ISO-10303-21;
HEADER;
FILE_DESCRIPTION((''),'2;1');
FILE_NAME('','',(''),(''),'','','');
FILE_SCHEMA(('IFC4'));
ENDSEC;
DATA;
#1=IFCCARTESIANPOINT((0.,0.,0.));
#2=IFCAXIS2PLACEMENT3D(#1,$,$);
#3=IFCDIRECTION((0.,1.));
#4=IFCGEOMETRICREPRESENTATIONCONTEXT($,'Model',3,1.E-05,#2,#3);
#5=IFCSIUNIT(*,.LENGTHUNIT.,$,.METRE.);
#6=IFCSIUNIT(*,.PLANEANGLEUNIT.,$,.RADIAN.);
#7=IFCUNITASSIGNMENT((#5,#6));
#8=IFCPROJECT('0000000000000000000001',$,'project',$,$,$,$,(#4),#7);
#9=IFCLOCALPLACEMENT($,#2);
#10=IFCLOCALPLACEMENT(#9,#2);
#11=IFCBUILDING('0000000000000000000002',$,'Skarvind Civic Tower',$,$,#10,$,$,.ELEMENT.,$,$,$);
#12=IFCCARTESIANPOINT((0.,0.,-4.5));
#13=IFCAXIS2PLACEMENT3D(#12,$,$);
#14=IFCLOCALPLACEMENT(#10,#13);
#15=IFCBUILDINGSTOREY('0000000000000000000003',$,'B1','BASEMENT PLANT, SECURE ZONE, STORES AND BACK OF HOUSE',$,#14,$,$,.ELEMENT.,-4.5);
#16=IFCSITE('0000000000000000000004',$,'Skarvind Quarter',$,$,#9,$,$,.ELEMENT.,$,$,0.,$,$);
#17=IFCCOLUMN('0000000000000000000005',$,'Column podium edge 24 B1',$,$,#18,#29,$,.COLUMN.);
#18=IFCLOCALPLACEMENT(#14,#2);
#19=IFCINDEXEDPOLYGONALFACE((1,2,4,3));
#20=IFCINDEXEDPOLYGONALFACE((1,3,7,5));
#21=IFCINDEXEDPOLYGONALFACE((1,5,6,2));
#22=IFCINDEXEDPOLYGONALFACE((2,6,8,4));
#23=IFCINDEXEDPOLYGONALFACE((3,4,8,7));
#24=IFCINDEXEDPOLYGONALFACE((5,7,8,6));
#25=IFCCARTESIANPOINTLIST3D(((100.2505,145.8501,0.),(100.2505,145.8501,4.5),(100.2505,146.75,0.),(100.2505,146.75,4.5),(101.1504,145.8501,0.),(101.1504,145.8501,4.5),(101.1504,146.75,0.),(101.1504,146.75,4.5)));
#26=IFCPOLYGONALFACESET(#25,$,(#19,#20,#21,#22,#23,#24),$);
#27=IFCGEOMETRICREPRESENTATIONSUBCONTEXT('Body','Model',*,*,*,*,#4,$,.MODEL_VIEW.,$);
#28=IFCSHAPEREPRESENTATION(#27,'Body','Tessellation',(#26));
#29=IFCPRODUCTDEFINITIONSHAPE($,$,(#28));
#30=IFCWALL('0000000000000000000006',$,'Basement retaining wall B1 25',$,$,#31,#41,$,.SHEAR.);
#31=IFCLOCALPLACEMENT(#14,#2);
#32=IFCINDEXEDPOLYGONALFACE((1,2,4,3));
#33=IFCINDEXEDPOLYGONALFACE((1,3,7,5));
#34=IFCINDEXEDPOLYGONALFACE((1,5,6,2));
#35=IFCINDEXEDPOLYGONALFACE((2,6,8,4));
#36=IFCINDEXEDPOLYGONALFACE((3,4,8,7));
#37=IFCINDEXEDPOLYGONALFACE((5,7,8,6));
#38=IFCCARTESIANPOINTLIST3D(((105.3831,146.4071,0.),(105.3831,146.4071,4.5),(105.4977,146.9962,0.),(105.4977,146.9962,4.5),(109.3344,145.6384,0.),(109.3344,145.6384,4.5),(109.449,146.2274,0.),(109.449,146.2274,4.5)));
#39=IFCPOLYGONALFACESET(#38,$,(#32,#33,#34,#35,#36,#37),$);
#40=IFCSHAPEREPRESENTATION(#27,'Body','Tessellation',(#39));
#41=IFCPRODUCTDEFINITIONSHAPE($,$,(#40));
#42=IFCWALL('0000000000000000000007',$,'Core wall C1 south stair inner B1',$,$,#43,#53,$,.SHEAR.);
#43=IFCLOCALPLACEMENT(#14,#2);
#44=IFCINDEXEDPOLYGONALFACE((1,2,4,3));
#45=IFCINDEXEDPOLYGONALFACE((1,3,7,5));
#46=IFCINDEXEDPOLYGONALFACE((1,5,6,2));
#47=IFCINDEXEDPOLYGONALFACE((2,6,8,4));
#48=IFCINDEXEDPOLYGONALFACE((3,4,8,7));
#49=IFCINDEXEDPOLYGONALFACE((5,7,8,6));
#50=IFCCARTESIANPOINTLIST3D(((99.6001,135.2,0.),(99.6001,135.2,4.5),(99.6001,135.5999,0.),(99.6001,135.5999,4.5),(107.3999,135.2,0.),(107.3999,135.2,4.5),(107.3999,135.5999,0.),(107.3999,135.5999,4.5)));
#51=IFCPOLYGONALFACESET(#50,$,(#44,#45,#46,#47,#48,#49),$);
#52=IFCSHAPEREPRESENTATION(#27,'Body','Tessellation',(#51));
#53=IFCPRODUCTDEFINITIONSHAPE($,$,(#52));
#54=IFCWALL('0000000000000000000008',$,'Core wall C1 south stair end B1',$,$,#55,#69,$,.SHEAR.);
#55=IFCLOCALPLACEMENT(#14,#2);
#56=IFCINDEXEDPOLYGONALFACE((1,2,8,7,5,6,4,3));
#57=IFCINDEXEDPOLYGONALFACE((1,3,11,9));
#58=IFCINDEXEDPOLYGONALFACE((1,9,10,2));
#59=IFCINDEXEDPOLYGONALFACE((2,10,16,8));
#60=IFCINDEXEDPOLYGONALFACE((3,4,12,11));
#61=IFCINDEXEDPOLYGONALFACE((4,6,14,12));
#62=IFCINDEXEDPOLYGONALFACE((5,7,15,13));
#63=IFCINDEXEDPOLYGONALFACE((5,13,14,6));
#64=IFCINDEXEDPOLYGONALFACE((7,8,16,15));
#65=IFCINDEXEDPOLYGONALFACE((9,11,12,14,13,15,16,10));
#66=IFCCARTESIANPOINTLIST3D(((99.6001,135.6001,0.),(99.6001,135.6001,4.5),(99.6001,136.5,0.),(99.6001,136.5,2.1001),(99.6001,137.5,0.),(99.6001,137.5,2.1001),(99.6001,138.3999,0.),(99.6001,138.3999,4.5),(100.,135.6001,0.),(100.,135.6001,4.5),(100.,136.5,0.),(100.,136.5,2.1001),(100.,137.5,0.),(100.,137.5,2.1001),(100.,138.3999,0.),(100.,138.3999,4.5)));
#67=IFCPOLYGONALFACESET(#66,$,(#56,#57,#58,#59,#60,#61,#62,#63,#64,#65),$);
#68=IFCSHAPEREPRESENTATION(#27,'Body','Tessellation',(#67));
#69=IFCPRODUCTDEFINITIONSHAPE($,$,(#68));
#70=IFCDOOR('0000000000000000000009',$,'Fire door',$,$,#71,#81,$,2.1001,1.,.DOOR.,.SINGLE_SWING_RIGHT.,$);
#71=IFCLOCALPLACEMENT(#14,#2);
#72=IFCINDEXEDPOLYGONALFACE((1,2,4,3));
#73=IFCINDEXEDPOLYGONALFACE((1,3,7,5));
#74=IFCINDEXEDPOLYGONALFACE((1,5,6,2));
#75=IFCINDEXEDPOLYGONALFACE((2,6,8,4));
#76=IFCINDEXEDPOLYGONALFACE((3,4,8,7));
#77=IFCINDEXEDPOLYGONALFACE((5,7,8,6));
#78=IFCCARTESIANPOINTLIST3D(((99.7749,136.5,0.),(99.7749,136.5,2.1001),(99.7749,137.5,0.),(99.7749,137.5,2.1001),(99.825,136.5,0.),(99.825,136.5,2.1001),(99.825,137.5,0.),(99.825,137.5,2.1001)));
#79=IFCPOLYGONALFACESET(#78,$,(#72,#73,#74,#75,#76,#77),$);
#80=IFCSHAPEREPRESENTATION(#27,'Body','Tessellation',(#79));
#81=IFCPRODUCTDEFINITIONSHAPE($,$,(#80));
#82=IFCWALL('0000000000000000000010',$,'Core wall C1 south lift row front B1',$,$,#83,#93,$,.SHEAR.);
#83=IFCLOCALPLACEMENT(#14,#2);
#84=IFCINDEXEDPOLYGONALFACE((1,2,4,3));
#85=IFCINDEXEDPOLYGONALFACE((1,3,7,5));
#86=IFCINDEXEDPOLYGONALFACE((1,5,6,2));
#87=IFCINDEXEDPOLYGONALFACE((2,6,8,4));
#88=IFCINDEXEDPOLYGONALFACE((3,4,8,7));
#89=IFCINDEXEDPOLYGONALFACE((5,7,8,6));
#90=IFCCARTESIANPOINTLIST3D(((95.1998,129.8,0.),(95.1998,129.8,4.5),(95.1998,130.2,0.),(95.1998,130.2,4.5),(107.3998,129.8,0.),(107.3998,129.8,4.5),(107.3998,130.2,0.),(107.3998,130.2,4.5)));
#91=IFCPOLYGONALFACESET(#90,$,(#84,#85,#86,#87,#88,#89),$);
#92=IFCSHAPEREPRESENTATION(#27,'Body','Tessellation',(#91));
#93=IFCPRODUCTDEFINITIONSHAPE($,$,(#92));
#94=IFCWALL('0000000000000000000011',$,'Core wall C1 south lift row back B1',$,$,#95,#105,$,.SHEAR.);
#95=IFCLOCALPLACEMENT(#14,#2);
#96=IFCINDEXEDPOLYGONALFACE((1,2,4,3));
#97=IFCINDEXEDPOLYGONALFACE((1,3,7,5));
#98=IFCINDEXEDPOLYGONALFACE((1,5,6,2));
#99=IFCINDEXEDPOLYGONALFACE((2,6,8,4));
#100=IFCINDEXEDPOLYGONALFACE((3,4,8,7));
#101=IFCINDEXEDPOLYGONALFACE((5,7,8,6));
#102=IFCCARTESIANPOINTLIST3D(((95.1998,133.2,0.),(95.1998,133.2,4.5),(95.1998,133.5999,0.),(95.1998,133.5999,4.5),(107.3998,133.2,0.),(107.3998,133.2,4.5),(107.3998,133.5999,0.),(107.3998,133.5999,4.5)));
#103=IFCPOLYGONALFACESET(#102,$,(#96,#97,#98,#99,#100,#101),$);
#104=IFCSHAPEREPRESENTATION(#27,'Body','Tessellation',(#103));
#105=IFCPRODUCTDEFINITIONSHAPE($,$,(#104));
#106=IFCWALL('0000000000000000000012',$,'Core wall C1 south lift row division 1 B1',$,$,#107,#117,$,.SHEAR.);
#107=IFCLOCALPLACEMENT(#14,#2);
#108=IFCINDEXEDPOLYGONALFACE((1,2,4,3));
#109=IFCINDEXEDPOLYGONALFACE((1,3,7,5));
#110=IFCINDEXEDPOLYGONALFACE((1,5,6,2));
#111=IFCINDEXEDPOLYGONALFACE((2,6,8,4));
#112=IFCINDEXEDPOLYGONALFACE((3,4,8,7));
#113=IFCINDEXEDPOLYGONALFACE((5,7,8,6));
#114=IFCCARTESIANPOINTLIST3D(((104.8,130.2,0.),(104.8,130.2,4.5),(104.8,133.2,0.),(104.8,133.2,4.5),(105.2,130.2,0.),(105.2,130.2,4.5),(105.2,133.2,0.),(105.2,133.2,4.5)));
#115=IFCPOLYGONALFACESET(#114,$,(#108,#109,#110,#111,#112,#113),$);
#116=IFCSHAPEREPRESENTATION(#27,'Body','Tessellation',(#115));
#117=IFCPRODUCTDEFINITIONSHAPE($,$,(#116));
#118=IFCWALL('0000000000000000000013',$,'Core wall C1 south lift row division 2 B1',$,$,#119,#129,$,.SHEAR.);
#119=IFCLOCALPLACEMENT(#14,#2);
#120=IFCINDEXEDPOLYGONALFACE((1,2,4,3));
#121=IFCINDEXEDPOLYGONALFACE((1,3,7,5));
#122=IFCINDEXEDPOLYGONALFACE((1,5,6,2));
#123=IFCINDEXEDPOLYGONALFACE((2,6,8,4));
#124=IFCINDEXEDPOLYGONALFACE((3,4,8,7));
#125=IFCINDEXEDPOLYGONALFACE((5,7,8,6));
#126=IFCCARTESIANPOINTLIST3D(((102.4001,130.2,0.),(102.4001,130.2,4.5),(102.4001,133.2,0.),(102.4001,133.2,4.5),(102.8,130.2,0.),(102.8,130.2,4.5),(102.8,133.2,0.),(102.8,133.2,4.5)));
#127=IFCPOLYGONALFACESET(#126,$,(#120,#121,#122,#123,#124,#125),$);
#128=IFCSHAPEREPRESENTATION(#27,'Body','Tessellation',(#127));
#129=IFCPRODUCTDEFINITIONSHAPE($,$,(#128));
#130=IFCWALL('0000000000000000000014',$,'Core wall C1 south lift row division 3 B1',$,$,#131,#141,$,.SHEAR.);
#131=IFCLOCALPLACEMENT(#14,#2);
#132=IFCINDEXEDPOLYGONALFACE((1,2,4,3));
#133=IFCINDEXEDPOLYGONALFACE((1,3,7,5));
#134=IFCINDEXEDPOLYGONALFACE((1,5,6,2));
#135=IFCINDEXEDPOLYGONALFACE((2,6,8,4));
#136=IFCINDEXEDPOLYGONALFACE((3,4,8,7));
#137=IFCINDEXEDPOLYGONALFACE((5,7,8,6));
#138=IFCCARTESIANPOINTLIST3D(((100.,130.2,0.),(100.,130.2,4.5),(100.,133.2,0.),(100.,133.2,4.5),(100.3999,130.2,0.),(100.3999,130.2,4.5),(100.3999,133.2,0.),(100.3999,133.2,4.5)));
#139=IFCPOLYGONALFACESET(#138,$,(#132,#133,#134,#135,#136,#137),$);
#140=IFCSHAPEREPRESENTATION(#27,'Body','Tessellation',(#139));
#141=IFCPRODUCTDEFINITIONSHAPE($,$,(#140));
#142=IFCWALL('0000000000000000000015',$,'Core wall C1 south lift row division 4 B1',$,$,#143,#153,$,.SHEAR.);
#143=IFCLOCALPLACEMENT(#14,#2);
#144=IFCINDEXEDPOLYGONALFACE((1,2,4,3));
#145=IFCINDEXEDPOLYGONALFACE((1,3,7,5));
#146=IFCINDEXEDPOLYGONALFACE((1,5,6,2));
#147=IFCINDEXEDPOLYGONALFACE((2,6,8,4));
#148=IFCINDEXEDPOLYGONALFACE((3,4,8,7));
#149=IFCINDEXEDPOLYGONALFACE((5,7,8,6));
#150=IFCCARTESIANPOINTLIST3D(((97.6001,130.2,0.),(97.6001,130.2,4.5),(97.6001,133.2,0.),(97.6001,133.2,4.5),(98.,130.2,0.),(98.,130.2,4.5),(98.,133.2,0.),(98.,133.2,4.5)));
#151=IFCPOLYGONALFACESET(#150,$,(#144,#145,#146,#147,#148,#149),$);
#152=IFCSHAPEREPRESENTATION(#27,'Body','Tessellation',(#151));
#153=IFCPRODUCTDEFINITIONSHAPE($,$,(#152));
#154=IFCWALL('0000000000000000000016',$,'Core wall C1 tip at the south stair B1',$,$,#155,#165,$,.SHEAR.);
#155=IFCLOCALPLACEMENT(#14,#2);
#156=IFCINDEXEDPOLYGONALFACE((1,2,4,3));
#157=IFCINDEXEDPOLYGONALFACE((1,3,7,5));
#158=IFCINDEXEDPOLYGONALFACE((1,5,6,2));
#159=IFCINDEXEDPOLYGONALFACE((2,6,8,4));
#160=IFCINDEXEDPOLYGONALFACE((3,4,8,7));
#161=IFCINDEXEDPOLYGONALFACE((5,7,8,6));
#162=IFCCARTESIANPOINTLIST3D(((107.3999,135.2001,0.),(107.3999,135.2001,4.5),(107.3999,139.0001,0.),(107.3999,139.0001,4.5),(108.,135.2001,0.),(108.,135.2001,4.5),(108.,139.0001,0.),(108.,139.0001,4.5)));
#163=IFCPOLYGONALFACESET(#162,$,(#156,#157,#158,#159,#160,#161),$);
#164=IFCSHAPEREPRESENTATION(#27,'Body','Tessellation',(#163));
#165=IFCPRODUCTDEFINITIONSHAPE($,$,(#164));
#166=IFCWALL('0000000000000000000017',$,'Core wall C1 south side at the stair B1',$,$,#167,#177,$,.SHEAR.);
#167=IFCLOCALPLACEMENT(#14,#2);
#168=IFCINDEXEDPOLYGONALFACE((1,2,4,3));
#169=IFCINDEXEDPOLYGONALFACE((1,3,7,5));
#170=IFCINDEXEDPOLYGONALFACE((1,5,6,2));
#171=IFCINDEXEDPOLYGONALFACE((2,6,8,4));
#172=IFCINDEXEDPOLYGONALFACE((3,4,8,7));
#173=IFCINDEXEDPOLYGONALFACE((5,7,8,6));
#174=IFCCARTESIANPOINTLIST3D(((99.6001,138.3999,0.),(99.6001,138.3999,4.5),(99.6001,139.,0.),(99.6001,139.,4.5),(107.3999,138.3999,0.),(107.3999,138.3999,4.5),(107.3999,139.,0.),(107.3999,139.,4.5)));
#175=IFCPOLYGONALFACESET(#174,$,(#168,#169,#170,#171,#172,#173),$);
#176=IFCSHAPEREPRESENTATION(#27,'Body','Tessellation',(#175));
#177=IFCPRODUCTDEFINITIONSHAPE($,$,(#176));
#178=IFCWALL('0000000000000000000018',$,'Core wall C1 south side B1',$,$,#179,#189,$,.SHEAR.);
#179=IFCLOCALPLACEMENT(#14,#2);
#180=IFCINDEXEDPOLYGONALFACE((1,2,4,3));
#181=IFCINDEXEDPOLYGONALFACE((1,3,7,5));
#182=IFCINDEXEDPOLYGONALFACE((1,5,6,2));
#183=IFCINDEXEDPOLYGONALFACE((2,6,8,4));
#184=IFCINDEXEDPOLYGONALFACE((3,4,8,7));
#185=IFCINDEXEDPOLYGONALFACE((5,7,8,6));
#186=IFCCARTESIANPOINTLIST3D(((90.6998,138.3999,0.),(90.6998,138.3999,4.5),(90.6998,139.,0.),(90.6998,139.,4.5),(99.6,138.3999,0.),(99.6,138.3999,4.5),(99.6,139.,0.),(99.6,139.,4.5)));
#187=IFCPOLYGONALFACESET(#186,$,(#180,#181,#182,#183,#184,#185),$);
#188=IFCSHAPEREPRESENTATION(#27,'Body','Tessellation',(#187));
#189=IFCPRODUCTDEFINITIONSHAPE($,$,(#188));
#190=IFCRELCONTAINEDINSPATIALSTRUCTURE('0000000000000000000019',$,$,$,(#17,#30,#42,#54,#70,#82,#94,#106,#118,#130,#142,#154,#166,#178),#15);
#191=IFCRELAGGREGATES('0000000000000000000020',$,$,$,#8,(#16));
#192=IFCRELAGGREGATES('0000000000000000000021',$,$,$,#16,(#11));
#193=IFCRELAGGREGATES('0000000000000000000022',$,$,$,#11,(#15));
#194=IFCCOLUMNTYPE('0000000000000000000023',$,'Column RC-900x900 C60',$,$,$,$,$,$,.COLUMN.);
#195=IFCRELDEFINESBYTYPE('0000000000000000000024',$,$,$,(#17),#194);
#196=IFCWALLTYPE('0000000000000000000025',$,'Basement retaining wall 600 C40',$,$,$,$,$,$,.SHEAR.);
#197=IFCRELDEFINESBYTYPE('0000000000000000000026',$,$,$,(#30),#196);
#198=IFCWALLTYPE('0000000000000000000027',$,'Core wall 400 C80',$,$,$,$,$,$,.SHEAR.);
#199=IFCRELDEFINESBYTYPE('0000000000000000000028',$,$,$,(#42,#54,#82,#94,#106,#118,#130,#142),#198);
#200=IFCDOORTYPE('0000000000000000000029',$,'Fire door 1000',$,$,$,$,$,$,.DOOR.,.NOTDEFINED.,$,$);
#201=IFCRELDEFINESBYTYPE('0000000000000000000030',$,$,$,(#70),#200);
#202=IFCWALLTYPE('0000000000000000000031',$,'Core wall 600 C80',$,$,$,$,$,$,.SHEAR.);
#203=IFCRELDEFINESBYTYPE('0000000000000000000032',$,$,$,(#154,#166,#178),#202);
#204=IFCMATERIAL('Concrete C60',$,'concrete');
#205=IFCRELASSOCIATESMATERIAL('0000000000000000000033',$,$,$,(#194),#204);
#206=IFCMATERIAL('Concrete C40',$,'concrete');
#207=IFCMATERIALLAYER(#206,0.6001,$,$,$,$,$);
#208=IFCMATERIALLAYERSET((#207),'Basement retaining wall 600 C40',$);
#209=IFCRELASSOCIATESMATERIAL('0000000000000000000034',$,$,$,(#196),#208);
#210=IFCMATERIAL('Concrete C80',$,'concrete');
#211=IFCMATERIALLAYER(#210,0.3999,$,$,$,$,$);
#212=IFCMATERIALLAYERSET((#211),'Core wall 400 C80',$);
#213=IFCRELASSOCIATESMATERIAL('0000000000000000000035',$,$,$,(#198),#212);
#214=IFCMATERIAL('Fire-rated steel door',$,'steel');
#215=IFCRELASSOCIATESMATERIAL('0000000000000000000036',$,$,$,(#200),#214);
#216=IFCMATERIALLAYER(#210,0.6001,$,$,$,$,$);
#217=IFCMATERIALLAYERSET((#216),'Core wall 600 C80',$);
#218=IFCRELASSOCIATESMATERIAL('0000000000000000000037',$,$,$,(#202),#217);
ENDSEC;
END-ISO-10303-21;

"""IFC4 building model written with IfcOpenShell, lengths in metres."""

from ifc_helpers import new_model, si_unit, direction, frame, frame_2d, origin, origin_2d, place, context, subcontext, project, spatial, rectangle, extrude, material, layer, layer_set, material_profile, profile_set, type_object, element, fill, save


model = new_model("IFC4")

# Units and contexts
model_context = context("Model", 3, precision=1e-05, world=origin(), true_north=direction((0.0, 1.0)))
body_context = subcontext(model_context, "Body", "Model", "MODEL_VIEW")
ifc_project = project(units=[si_unit("LENGTHUNIT", "METRE"), si_unit("PLANEANGLEUNIT", "RADIAN")], contexts=[model_context])

# Site, building, storey
site_placement = place(None, origin())
site = spatial("IfcSite", under=ifc_project, at=site_placement, Name="Skarvind Quarter", CompositionType="ELEMENT", RefElevation=0.0)
building_placement = place(site_placement, origin())
building = spatial("IfcBuilding", under=site, at=building_placement, Name="Skarvind Civic Tower", CompositionType="ELEMENT")
storey_placement = place(building_placement, frame((0.0, 0.0, -4.5)))
storey = spatial("IfcBuildingStorey", under=building, at=storey_placement, Name="B1", Description="BASEMENT PLANT, SECURE ZONE, STORES AND BACK OF HOUSE", CompositionType="ELEMENT", Elevation=-4.5)

# Column
ifc_material_1 = material(Name="Concrete C60", Category="concrete")
ifc_material_profile = material_profile(ifc_material_1, rectangle(XDim=0.8999, YDim=0.8999, at=origin_2d()), Name="RC-900x900")
ifc_profile_set = profile_set([ifc_material_profile], Name="Concrete C60")
column_type = type_object("IfcColumnType", Name="Column RC-900x900 C60", PredefinedType="COLUMN", material=ifc_profile_set)
column_placement = place(storey_placement, frame((100.7004, 146.3, 0.0), z_axis=(0.0, 0.0, 1.0), x_axis=(1.0, 0.0, 0.0)))
element("IfcColumn", 1, at=column_placement, inside=storey, type_object=column_type, Name="Column podium edge 24 B1", PredefinedType="COLUMN", context=body_context, shape_type="SweptSolid", body=[
    extrude(rectangle(XDim=0.8999, YDim=0.8999, at=origin_2d()), origin(), (0.0, 0.0, 1.0), 4.5),
])

# Walls
ifc_material_2 = material(Name="Concrete C40", Category="concrete")
ifc_layer_1 = layer(ifc_material_2, 0.6001)
ifc_layer_set_1 = layer_set([ifc_layer_1], Name="Basement retaining wall 600 C40")
wall_type_1 = type_object("IfcWallType", Name="Basement retaining wall 600 C40", PredefinedType="SHEAR", material=ifc_layer_set_1)
wall_1_placement = place(storey_placement, frame((105.4404, 146.7017, 0.0), z_axis=(0.0, 0.0, 1.0), x_axis=(0.981594, -0.190982, 0.0)))
element("IfcWall", 2, at=wall_1_placement, inside=storey, type_object=wall_type_1, Name="Basement retaining wall B1 25", PredefinedType="SHEAR", context=body_context, shape_type="SweptSolid", body=[
    extrude(rectangle(XDim=4.0254, YDim=0.6001, at=frame_2d((2.0127, 0.0))), origin(), (0.0, 0.0, 1.0), 4.5),
])
ifc_material_3 = material(Name="Concrete C80", Category="concrete")
ifc_layer_2 = layer(ifc_material_3, 0.3999)
ifc_layer_set_2 = layer_set([ifc_layer_2], Name="Core wall 400 C80")
wall_type_2 = type_object("IfcWallType", Name="Core wall 400 C80", PredefinedType="SHEAR", material=ifc_layer_set_2)
wall_2_placement = place(storey_placement, frame((107.3999, 135.3999, 0.0), z_axis=(0.0, 0.0, 1.0), x_axis=(-1.0, 0.0, 0.0)))
element("IfcWall", 3, at=wall_2_placement, inside=storey, type_object=wall_type_2, Name="Core wall C1 south stair inner B1", PredefinedType="SHEAR", context=body_context, shape_type="SweptSolid", body=[
    extrude(rectangle(XDim=7.7998, YDim=0.3999, at=frame_2d((3.8999, 0.0))), origin(), (0.0, 0.0, 1.0), 4.5),
])

# Wall, opening, door
wall_3_placement = place(storey_placement, frame((99.8, 138.3999, 0.0), z_axis=(0.0, 0.0, 1.0), x_axis=(0.0, -1.0, 0.0)))
wall_3 = element("IfcWall", 4, at=wall_3_placement, inside=storey, type_object=wall_type_2, Name="Core wall C1 south stair end B1", PredefinedType="SHEAR", context=body_context, shape_type="SweptSolid", body=[
    extrude(rectangle(XDim=2.7998, YDim=0.3999, at=frame_2d((1.3999, 0.0))), origin(), (0.0, 0.0, 1.0), 4.5),
])
opening_1_placement = place(wall_3_placement, frame((0.8999, 0.0, 0.0)))
opening_1 = element("IfcOpeningElement", 5, at=opening_1_placement, cuts=wall_3, PredefinedType="OPENING", context=body_context, shape_type="SweptSolid", body=[
    extrude(rectangle(XDim=1.0, YDim=2.1001, at=frame_2d((0.5, 1.05))), frame((0.0, 0.21, 0.0), z_axis=(0.0, -1.0, 0.0), x_axis=(1.0, 0.0, 0.0)), (0.0, 0.0, 1.0), 0.4199),
])
ifc_material_4 = material(Name="Fire-rated steel door", Category="steel")
door_type_1 = type_object("IfcDoorType", Name="Fire door 1000", OperationType="NOTDEFINED", PredefinedType="DOOR", material=ifc_material_4)
door_1_placement = place(opening_1_placement, origin())
door_1 = element("IfcDoor", 6, at=door_1_placement, inside=storey, type_object=door_type_1, Name="Fire door", OperationType="SINGLE_SWING_RIGHT", OverallHeight=2.1001, OverallWidth=1.0, PredefinedType="DOOR", context=body_context, shape_type="SweptSolid", body=[
    extrude(rectangle(XDim=1.0, YDim=2.1001, at=frame_2d((0.5, 1.05))), frame((0.0, 0.0249, 0.0), z_axis=(0.0, -1.0, 0.0), x_axis=(1.0, 0.0, 0.0)), (0.0, 0.0, 1.0), 0.05),
])
fill(opening_1, door_1)

# Walls
for number, where, z_axis, x_axis, name in (
    (7, (107.3999, 130.0, 0.0), (0.0, 0.0, 1.0), (-1.0, 0.0, 0.0), "Core wall C1 south lift row front B1"),
    (8, (107.3999, 133.3999, 0.0), (0.0, 0.0, 1.0), (-1.0, 0.0, 0.0), "Core wall C1 south lift row back B1"),
):
    element("IfcWall", number, at=place(storey_placement, frame(where, z_axis=z_axis, x_axis=x_axis)), inside=storey, type_object=wall_type_2, Name=name, PredefinedType="SHEAR", context=body_context, shape_type="SweptSolid", body=[
        extrude(rectangle(XDim=12.2, YDim=0.3999, at=frame_2d((6.1001, 0.0))), origin(), (0.0, 0.0, 1.0), 4.5),
    ])
for number, where, z_axis, x_axis, name in (
    (9, (105.0, 133.2, 0.0), (0.0, 0.0, 1.0), (0.0, -1.0, 0.0), "Core wall C1 south lift row division 1 B1"),
    (10, (102.6001, 133.2, 0.0), (0.0, 0.0, 1.0), (0.0, -1.0, 0.0), "Core wall C1 south lift row division 2 B1"),
    (11, (100.2, 133.2, 0.0), (0.0, 0.0, 1.0), (0.0, -1.0, 0.0), "Core wall C1 south lift row division 3 B1"),
    (12, (97.8, 133.2, 0.0), (0.0, 0.0, 1.0), (0.0, -1.0, 0.0), "Core wall C1 south lift row division 4 B1"),
):
    element("IfcWall", number, at=place(storey_placement, frame(where, z_axis=z_axis, x_axis=x_axis)), inside=storey, type_object=wall_type_2, Name=name, PredefinedType="SHEAR", context=body_context, shape_type="SweptSolid", body=[
        extrude(rectangle(XDim=3.0, YDim=0.3999, at=frame_2d((1.5, 0.0))), origin(), (0.0, 0.0, 1.0), 4.5),
    ])
ifc_layer_3 = layer(ifc_material_3, 0.6001)
ifc_layer_set_3 = layer_set([ifc_layer_3], Name="Core wall 600 C80")
wall_type_3 = type_object("IfcWallType", Name="Core wall 600 C80", PredefinedType="SHEAR", material=ifc_layer_set_3)
wall_4_placement = place(storey_placement, frame((107.7, 139.0, 0.0), z_axis=(0.0, 0.0, 1.0), x_axis=(0.0, -1.0, 0.0)))
element("IfcWall", 13, at=wall_4_placement, inside=storey, type_object=wall_type_3, Name="Core wall C1 tip at the south stair B1", PredefinedType="SHEAR", context=body_context, shape_type="SweptSolid", body=[
    extrude(rectangle(XDim=3.8, YDim=0.6001, at=frame_2d((1.8999, 0.0))), origin(), (0.0, 0.0, 1.0), 4.5),
])
wall_5_placement = place(storey_placement, frame((107.3999, 138.7, 0.0), z_axis=(0.0, 0.0, 1.0), x_axis=(-1.0, 0.0, 0.0)))
element("IfcWall", 14, at=wall_5_placement, inside=storey, type_object=wall_type_3, Name="Core wall C1 south side at the stair B1", PredefinedType="SHEAR", context=body_context, shape_type="SweptSolid", body=[
    extrude(rectangle(XDim=7.7998, YDim=0.6001, at=frame_2d((3.8999, 0.0))), origin(), (0.0, 0.0, 1.0), 4.5),
])
wall_6_placement = place(storey_placement, frame((99.6001, 138.7, 0.0), z_axis=(0.0, 0.0, 1.0), x_axis=(-1.0, 0.0, 0.0)))
element("IfcWall", 15, at=wall_6_placement, inside=storey, type_object=wall_type_3, Name="Core wall C1 south side B1", PredefinedType="SHEAR", context=body_context, shape_type="SweptSolid", body=[
    extrude(rectangle(XDim=8.9001, YDim=0.6001, at=frame_2d((4.4502, 0.0))), origin(), (0.0, 0.0, 1.0), 4.5),
])

save(model, "model.ifc")
